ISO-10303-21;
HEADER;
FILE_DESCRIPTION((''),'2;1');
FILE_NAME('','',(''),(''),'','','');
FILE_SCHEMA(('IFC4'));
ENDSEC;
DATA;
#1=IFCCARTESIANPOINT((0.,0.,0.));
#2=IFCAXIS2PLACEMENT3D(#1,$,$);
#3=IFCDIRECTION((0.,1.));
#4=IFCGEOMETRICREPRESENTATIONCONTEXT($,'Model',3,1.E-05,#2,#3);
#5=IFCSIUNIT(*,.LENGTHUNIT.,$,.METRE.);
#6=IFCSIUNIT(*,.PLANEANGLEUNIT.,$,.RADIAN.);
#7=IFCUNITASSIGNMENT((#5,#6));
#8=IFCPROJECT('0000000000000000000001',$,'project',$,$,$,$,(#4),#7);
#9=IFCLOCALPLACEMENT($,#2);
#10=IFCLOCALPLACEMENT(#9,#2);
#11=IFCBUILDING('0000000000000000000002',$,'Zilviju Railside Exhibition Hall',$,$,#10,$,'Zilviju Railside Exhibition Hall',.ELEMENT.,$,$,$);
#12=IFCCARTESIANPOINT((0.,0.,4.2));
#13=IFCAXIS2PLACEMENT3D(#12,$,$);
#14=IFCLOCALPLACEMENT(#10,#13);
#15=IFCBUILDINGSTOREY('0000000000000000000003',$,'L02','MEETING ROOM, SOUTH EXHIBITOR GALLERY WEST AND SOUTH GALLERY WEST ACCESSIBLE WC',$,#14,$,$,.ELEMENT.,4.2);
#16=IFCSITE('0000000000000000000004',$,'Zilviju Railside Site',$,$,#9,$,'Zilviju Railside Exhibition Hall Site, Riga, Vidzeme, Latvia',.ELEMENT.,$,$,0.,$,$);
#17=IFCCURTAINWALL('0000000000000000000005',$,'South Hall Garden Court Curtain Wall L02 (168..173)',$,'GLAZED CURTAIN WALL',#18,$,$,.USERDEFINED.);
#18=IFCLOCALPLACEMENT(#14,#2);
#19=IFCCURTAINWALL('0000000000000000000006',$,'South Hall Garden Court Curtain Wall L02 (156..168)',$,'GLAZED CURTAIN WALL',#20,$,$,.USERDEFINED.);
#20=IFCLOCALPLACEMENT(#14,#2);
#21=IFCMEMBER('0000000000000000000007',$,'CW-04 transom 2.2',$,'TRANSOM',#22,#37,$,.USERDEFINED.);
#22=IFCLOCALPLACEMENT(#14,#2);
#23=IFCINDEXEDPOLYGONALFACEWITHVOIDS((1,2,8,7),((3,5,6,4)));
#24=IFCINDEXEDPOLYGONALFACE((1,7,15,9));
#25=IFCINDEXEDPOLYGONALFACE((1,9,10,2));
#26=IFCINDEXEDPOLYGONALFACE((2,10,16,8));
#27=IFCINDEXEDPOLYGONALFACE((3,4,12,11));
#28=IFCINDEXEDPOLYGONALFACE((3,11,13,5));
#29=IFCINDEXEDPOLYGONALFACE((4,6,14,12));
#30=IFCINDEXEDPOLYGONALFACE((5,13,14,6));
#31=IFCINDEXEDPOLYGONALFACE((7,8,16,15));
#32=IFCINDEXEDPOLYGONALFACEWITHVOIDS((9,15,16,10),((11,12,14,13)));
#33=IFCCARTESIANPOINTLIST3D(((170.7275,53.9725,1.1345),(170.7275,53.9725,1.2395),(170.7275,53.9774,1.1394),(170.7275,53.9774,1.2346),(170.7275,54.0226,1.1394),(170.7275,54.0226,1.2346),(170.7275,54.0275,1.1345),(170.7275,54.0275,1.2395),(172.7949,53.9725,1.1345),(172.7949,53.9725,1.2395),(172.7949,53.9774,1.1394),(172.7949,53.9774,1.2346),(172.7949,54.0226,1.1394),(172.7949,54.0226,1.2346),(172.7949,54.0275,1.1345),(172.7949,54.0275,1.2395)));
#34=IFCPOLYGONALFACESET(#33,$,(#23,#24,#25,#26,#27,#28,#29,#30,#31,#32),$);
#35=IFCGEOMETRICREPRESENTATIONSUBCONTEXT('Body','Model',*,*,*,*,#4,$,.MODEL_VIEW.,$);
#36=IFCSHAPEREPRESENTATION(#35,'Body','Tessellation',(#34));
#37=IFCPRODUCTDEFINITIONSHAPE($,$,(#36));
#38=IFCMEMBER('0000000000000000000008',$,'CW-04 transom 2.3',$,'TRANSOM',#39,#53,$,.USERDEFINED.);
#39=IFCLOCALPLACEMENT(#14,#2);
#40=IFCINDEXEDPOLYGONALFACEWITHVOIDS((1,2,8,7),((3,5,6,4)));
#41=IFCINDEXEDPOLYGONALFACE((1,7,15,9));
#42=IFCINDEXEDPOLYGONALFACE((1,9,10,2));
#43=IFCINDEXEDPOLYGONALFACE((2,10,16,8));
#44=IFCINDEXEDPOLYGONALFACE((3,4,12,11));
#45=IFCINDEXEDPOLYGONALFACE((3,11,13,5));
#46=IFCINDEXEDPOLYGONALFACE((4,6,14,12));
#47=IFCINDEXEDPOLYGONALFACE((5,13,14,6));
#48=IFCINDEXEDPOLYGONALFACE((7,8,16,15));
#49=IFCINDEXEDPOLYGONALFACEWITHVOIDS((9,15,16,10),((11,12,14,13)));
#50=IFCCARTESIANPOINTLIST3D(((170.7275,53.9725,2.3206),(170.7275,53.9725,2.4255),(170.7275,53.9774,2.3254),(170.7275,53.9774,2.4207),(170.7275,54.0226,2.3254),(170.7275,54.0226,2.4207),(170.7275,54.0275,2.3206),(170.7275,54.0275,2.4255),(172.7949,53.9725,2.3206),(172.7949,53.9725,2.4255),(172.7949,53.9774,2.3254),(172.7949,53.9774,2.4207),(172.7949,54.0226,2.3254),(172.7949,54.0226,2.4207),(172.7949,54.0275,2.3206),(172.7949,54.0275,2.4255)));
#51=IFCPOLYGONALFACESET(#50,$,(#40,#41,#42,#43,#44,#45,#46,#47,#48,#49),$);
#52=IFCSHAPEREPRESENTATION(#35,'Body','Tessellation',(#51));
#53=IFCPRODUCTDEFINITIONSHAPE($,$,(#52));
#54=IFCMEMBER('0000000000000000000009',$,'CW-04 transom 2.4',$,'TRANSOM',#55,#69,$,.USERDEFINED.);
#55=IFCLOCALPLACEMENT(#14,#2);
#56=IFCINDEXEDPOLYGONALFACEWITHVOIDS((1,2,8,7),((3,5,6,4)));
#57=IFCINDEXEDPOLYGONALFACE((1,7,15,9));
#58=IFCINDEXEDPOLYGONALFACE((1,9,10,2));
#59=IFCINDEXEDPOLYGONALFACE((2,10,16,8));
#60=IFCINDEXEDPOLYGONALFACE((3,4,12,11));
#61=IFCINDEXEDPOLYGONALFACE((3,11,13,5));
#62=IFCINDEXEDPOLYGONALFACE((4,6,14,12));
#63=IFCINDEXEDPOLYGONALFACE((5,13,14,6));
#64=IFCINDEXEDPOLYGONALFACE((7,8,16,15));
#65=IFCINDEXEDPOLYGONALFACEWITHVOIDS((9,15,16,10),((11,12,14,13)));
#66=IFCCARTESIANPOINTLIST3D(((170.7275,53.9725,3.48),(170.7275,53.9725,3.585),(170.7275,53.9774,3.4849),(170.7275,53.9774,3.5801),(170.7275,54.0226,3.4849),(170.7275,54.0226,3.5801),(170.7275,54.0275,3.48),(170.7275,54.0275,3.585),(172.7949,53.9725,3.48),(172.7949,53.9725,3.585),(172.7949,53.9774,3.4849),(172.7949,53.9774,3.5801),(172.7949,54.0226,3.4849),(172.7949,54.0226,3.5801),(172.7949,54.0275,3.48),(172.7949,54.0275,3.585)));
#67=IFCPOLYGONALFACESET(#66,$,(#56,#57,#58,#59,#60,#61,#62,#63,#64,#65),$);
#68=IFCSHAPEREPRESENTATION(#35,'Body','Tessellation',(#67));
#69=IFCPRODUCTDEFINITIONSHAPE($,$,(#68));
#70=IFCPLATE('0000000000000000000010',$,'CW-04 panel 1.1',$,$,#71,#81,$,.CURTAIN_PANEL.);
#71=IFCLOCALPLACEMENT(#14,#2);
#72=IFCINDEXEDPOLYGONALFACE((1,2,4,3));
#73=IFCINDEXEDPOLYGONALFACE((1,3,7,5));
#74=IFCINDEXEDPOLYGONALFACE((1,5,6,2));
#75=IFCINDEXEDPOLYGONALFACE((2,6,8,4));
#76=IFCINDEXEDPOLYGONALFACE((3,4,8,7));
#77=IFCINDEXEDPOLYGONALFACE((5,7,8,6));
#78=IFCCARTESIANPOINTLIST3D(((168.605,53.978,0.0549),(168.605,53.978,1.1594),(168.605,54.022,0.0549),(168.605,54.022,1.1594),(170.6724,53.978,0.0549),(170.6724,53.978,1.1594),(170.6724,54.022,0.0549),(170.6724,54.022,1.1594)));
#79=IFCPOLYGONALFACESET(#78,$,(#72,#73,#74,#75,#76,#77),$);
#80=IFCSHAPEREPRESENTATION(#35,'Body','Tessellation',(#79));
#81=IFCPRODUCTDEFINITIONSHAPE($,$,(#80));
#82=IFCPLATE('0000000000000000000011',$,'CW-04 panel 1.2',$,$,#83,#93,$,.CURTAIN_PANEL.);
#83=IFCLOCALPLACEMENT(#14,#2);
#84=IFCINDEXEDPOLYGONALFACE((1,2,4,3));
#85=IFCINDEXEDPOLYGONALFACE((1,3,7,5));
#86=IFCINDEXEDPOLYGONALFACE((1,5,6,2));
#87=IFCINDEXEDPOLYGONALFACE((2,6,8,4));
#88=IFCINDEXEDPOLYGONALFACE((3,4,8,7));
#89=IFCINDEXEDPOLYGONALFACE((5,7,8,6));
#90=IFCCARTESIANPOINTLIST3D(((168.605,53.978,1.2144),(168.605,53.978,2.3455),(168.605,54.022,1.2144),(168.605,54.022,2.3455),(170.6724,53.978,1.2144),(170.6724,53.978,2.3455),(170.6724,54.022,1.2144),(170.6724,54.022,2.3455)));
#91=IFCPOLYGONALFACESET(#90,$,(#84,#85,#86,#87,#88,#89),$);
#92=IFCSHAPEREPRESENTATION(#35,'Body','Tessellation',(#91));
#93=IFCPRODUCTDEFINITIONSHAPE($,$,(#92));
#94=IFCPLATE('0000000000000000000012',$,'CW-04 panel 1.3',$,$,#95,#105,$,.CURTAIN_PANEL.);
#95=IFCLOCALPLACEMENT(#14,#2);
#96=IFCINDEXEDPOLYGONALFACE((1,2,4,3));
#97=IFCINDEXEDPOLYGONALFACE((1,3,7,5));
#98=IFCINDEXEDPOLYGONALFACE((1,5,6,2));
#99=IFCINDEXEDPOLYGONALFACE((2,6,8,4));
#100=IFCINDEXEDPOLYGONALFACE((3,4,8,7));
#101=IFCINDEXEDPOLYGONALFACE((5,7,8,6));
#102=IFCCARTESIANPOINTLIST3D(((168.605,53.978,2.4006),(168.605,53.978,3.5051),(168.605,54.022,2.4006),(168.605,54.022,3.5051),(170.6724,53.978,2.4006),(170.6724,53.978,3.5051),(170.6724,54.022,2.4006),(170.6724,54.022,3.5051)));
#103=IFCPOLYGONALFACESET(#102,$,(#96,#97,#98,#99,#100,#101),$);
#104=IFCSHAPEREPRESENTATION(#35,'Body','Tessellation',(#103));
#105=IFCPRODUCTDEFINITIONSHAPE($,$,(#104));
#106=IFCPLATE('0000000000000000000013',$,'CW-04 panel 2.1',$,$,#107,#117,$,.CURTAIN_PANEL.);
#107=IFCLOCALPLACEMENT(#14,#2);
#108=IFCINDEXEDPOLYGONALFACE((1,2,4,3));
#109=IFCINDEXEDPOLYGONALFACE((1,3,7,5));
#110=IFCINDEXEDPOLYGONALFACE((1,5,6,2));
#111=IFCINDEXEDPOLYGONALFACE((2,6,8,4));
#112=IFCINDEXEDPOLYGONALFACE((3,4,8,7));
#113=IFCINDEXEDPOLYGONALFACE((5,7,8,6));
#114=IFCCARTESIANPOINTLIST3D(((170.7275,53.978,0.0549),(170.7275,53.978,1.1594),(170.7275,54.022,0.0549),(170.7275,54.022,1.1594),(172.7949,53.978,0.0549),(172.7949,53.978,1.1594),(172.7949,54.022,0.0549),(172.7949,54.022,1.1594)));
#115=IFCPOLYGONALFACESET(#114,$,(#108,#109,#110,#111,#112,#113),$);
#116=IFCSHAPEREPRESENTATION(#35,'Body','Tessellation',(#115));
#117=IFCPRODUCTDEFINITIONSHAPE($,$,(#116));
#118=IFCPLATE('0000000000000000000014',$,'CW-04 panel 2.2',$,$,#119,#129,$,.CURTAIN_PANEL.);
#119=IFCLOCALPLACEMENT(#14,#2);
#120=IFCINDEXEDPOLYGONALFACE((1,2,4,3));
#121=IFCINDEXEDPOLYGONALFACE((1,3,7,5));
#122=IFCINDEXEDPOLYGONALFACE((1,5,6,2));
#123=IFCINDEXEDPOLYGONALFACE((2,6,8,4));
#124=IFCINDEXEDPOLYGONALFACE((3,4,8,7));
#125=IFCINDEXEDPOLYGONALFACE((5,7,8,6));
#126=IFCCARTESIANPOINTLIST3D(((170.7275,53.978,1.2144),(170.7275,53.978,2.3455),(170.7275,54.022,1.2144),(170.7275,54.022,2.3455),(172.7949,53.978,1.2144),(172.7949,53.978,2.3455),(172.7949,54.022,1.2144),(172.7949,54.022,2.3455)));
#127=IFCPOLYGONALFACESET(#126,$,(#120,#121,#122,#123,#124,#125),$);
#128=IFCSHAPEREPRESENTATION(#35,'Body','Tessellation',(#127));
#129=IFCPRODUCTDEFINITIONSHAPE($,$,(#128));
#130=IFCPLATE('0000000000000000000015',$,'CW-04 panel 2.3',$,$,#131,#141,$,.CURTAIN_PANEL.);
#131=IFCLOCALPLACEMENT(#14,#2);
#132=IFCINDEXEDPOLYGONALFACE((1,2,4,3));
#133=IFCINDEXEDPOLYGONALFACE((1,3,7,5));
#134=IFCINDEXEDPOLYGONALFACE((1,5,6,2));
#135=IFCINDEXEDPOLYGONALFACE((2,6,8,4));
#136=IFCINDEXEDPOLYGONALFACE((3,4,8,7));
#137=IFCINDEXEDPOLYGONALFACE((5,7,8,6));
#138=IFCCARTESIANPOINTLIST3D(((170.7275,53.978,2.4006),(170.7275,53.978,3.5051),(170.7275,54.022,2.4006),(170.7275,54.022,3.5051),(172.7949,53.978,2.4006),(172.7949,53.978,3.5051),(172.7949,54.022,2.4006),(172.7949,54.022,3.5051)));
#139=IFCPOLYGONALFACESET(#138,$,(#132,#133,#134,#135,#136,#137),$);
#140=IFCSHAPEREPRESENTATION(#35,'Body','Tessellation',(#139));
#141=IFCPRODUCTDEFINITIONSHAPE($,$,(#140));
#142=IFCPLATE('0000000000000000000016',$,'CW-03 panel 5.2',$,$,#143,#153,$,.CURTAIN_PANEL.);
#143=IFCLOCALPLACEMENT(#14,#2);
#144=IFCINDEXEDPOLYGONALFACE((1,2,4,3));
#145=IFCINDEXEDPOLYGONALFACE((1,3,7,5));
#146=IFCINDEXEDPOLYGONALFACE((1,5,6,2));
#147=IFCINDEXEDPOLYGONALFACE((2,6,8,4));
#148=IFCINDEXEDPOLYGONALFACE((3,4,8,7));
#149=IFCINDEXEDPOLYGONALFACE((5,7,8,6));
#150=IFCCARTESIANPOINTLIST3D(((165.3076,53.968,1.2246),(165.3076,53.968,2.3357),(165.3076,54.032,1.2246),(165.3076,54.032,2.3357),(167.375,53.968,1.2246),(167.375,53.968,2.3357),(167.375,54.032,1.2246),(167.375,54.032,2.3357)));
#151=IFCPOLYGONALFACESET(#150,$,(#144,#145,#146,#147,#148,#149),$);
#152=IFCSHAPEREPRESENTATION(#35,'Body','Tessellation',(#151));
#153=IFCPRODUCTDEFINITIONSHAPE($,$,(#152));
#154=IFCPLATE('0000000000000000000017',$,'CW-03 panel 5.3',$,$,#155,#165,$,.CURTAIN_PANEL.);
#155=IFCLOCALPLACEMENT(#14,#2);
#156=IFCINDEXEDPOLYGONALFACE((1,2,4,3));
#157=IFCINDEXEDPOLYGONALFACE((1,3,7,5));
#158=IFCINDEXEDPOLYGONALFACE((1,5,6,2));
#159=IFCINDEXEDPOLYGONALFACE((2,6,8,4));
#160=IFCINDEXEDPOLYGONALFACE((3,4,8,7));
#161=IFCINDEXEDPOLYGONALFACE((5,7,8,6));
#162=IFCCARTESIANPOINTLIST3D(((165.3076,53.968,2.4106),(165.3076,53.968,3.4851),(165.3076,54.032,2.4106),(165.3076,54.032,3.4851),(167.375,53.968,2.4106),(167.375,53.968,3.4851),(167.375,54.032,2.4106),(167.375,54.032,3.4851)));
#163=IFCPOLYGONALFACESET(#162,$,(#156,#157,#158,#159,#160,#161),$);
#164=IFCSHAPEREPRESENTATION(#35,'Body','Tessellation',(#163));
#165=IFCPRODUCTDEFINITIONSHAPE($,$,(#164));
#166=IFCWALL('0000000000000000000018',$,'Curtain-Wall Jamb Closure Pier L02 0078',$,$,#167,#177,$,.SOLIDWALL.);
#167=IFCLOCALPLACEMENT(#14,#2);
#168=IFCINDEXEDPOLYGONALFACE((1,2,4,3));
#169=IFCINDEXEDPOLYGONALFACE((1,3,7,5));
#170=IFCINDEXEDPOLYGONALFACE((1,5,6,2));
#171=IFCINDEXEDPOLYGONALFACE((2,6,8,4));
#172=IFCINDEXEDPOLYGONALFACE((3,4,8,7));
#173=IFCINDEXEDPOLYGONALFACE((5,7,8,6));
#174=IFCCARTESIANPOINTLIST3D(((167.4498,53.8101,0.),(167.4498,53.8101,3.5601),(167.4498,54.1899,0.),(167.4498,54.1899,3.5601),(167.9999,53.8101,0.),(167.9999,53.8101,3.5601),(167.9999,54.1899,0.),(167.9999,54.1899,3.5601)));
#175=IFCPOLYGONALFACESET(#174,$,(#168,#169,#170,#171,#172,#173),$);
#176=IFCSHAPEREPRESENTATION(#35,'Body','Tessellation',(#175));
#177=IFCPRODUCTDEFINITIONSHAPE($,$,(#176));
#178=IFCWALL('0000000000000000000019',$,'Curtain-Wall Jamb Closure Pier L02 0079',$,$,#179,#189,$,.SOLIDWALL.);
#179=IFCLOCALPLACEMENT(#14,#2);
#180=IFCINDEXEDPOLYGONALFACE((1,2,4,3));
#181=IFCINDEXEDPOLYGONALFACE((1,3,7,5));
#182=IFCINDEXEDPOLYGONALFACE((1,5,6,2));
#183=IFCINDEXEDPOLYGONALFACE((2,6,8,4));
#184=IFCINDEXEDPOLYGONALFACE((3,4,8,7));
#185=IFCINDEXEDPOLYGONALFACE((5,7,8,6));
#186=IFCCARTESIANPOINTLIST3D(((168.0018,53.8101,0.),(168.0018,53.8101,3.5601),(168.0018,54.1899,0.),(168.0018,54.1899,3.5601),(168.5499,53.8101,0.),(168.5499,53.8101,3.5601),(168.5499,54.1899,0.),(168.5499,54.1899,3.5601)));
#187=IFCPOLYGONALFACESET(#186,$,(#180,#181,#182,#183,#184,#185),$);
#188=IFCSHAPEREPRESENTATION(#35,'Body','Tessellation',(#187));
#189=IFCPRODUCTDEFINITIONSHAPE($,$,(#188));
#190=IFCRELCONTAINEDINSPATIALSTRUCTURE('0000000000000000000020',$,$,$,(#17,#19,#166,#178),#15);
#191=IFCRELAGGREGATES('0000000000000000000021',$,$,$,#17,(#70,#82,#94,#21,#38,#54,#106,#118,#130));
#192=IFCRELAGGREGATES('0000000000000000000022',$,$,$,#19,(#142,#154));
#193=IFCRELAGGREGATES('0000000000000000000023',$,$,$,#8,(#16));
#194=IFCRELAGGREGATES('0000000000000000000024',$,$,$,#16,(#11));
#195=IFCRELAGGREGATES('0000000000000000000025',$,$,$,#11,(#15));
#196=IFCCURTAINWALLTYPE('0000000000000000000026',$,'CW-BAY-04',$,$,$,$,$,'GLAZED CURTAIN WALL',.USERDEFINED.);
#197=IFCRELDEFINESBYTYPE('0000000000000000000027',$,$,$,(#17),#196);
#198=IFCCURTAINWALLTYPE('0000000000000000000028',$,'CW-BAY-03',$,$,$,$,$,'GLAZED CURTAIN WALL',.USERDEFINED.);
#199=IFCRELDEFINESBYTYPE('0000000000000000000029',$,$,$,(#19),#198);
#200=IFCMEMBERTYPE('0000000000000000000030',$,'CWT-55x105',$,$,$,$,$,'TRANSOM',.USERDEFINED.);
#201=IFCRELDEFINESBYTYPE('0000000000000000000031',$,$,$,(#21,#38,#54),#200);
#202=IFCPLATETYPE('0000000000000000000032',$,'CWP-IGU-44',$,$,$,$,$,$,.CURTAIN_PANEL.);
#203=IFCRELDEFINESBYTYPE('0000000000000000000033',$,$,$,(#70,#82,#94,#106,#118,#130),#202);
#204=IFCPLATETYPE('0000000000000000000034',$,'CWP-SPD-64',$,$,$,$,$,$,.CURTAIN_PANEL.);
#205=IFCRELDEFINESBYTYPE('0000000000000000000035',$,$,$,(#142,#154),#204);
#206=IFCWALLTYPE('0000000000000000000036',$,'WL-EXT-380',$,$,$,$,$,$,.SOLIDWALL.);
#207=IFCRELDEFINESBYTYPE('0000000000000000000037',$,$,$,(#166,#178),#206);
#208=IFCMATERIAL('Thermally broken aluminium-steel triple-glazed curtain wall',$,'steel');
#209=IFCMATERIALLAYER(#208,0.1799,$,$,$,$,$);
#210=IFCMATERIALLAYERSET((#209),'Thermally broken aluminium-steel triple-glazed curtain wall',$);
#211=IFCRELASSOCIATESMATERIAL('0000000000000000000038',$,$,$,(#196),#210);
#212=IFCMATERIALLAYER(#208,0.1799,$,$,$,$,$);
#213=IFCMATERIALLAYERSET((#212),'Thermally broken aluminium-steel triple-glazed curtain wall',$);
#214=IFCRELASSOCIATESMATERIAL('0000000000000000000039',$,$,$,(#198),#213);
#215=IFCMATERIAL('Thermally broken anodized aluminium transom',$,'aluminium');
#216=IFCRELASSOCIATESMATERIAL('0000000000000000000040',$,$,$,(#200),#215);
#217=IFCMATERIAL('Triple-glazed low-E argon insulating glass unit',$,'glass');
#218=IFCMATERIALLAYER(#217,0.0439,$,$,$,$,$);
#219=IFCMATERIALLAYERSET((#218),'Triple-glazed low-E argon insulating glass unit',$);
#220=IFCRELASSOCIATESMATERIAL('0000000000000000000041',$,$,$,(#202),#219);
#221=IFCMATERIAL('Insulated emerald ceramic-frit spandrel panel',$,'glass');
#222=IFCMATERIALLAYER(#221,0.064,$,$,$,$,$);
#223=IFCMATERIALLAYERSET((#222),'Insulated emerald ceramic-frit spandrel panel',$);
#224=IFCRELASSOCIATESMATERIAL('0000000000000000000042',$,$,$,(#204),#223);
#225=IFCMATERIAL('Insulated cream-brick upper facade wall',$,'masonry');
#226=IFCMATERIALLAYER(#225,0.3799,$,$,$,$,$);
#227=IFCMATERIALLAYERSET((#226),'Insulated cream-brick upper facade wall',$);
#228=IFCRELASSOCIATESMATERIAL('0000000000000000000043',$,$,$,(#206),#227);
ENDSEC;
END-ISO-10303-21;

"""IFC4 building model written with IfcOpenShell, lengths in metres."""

from ifc_helpers import new_model, si_unit, direction, frame, frame_2d, origin, origin_2d, place, context, subcontext, project, spatial, rectangle, hollow_rectangle, extrude, material, layer, layer_set, material_profile, profile_set, type_object, element, aggregate, save


model = new_model("IFC4")

# Units and contexts
model_context = context("Model", 3, precision=1e-05, world=origin(), true_north=direction((0.0, 1.0)))
body_context = subcontext(model_context, "Body", "Model", "MODEL_VIEW")
ifc_project = project(units=[si_unit("LENGTHUNIT", "METRE"), si_unit("PLANEANGLEUNIT", "RADIAN")], contexts=[model_context])

# Site, building, storey
site_placement = place(None, origin())
site = spatial("IfcSite", under=ifc_project, at=site_placement, Name="Zilviju Railside Site", LongName="Zilviju Railside Exhibition Hall Site, Riga, Vidzeme, Latvia", CompositionType="ELEMENT", RefElevation=0.0)
building_placement = place(site_placement, origin())
building = spatial("IfcBuilding", under=site, at=building_placement, Name="Zilviju Railside Exhibition Hall", LongName="Zilviju Railside Exhibition Hall", CompositionType="ELEMENT")
storey_placement = place(building_placement, frame((0.0, 0.0, 4.2)))
storey = spatial("IfcBuildingStorey", under=building, at=storey_placement, Name="L02", Description="MEETING ROOM, SOUTH EXHIBITOR GALLERY WEST AND SOUTH GALLERY WEST ACCESSIBLE WC", CompositionType="ELEMENT", Elevation=4.2)

# Curtain wall
ifc_material_1 = material(Name="Thermally broken aluminium-steel triple-glazed curtain wall", Category="steel")
ifc_layer_1 = layer(ifc_material_1, 0.1799)
ifc_layer_set_1 = layer_set([ifc_layer_1], Name="Thermally broken aluminium-steel triple-glazed curtain wall")
curtain_wall_type_1 = type_object("IfcCurtainWallType", Name="CW-BAY-04", ElementType="GLAZED CURTAIN WALL", PredefinedType="USERDEFINED", material=ifc_layer_set_1)
curtain_wall_1_placement = place(storey_placement, origin())
curtain_wall_1 = element("IfcCurtainWall", 1, at=curtain_wall_1_placement, inside=storey, type_object=curtain_wall_type_1, Name="South Hall Garden Court Curtain Wall L02 (168..173)", ObjectType="GLAZED CURTAIN WALL", PredefinedType="USERDEFINED")

# Curtain wall
ifc_layer_2 = layer(ifc_material_1, 0.1799)
ifc_layer_set_2 = layer_set([ifc_layer_2], Name="Thermally broken aluminium-steel triple-glazed curtain wall")
curtain_wall_type_2 = type_object("IfcCurtainWallType", Name="CW-BAY-03", ElementType="GLAZED CURTAIN WALL", PredefinedType="USERDEFINED", material=ifc_layer_set_2)
curtain_wall_2_placement = place(storey_placement, origin())
curtain_wall_2 = element("IfcCurtainWall", 2, at=curtain_wall_2_placement, inside=storey, type_object=curtain_wall_type_2, Name="South Hall Garden Court Curtain Wall L02 (156..168)", ObjectType="GLAZED CURTAIN WALL", PredefinedType="USERDEFINED")

# Members
ifc_material_2 = material(Name="Thermally broken anodized aluminium transom", Category="aluminium")
ifc_material_profile_1 = material_profile(ifc_material_2, hollow_rectangle(XDim=0.0549, YDim=0.105, WallThickness=0.0049, at=origin_2d()), Name="TRANSOM 105x55x5")
ifc_profile_set_1 = profile_set([ifc_material_profile_1], Name="Thermally broken anodized aluminium transom")
member_type_1 = type_object("IfcMemberType", Name="CWT-55x105", ElementType="TRANSOM", PredefinedType="USERDEFINED", material=ifc_profile_set_1)
member_1_placement = place(storey_placement, frame((170.7275, 54.0, 1.187), z_axis=(1.0, 0.0, 0.0), x_axis=(0.0, 1.0, 0.0)))
member_1 = element("IfcMember", 3, at=member_1_placement, type_object=member_type_1, Name="CW-04 transom 2.2", ObjectType="TRANSOM", PredefinedType="USERDEFINED", context=body_context, shape_type="SweptSolid", body=[
    extrude(hollow_rectangle(XDim=0.0549, YDim=0.105, WallThickness=0.0049, at=origin_2d()), origin(), (0.0, 0.0, 1.0), 2.0674),
])
member_2_placement = place(storey_placement, frame((170.7275, 54.0, 2.373), z_axis=(1.0, 0.0, 0.0), x_axis=(0.0, 1.0, 0.0)))
member_2 = element("IfcMember", 4, at=member_2_placement, type_object=member_type_1, Name="CW-04 transom 2.3", ObjectType="TRANSOM", PredefinedType="USERDEFINED", context=body_context, shape_type="SweptSolid", body=[
    extrude(hollow_rectangle(XDim=0.0549, YDim=0.105, WallThickness=0.0049, at=origin_2d()), origin(), (0.0, 0.0, 1.0), 2.0674),
])
member_3_placement = place(storey_placement, frame((170.7275, 54.0, 3.5325), z_axis=(1.0, 0.0, 0.0), x_axis=(0.0, 1.0, 0.0)))
member_3 = element("IfcMember", 5, at=member_3_placement, type_object=member_type_1, Name="CW-04 transom 2.4", ObjectType="TRANSOM", PredefinedType="USERDEFINED", context=body_context, shape_type="SweptSolid", body=[
    extrude(hollow_rectangle(XDim=0.0549, YDim=0.105, WallThickness=0.0049, at=origin_2d()), origin(), (0.0, 0.0, 1.0), 2.0674),
])

# Plates
ifc_material_3 = material(Name="Triple-glazed low-E argon insulating glass unit", Category="glass")
ifc_layer_3 = layer(ifc_material_3, 0.0439)
ifc_layer_set_3 = layer_set([ifc_layer_3], Name="Triple-glazed low-E argon insulating glass unit")
plate_type_1 = type_object("IfcPlateType", Name="CWP-IGU-44", PredefinedType="CURTAIN_PANEL", material=ifc_layer_set_3)
plate_1_placement = place(storey_placement, frame((169.6387, 54.0, 0.0549), z_axis=(0.0, 0.0, 1.0), x_axis=(1.0, 0.0, 0.0)))
plate_1 = element("IfcPlate", 6, at=plate_1_placement, type_object=plate_type_1, Name="CW-04 panel 1.1", PredefinedType="CURTAIN_PANEL", context=body_context, shape_type="SweptSolid", body=[
    extrude(rectangle(XDim=2.0674, YDim=0.0439, at=origin_2d()), origin(), (0.0, 0.0, 1.0), 1.1045),
])
plate_2_placement = place(storey_placement, frame((169.6387, 54.0, 1.2144), z_axis=(0.0, 0.0, 1.0), x_axis=(1.0, 0.0, 0.0)))
plate_2 = element("IfcPlate", 7, at=plate_2_placement, type_object=plate_type_1, Name="CW-04 panel 1.2", PredefinedType="CURTAIN_PANEL", context=body_context, shape_type="SweptSolid", body=[
    extrude(rectangle(XDim=2.0674, YDim=0.0439, at=origin_2d()), origin(), (0.0, 0.0, 1.0), 1.1311),
])
plate_3_placement = place(storey_placement, frame((169.6387, 54.0, 2.4006), z_axis=(0.0, 0.0, 1.0), x_axis=(1.0, 0.0, 0.0)))
plate_3 = element("IfcPlate", 8, at=plate_3_placement, type_object=plate_type_1, Name="CW-04 panel 1.3", PredefinedType="CURTAIN_PANEL", context=body_context, shape_type="SweptSolid", body=[
    extrude(rectangle(XDim=2.0674, YDim=0.0439, at=origin_2d()), origin(), (0.0, 0.0, 1.0), 1.1045),
])
plate_4_placement = place(storey_placement, frame((171.7612, 54.0, 0.0549), z_axis=(0.0, 0.0, 1.0), x_axis=(1.0, 0.0, 0.0)))
plate_4 = element("IfcPlate", 9, at=plate_4_placement, type_object=plate_type_1, Name="CW-04 panel 2.1", PredefinedType="CURTAIN_PANEL", context=body_context, shape_type="SweptSolid", body=[
    extrude(rectangle(XDim=2.0674, YDim=0.0439, at=origin_2d()), origin(), (0.0, 0.0, 1.0), 1.1045),
])
plate_5_placement = place(storey_placement, frame((171.7612, 54.0, 1.2144), z_axis=(0.0, 0.0, 1.0), x_axis=(1.0, 0.0, 0.0)))
plate_5 = element("IfcPlate", 10, at=plate_5_placement, type_object=plate_type_1, Name="CW-04 panel 2.2", PredefinedType="CURTAIN_PANEL", context=body_context, shape_type="SweptSolid", body=[
    extrude(rectangle(XDim=2.0674, YDim=0.0439, at=origin_2d()), origin(), (0.0, 0.0, 1.0), 1.1311),
])
plate_6_placement = place(storey_placement, frame((171.7612, 54.0, 2.4006), z_axis=(0.0, 0.0, 1.0), x_axis=(1.0, 0.0, 0.0)))
plate_6 = element("IfcPlate", 11, at=plate_6_placement, type_object=plate_type_1, Name="CW-04 panel 2.3", PredefinedType="CURTAIN_PANEL", context=body_context, shape_type="SweptSolid", body=[
    extrude(rectangle(XDim=2.0674, YDim=0.0439, at=origin_2d()), origin(), (0.0, 0.0, 1.0), 1.1045),
])
aggregate(curtain_wall_1, [plate_1, plate_2, plate_3, member_1, member_2, member_3, plate_4, plate_5, plate_6])
ifc_material_4 = material(Name="Insulated emerald ceramic-frit spandrel panel", Category="glass")
ifc_layer_4 = layer(ifc_material_4, 0.064)
ifc_layer_set_4 = layer_set([ifc_layer_4], Name="Insulated emerald ceramic-frit spandrel panel")
plate_type_2 = type_object("IfcPlateType", Name="CWP-SPD-64", PredefinedType="CURTAIN_PANEL", material=ifc_layer_set_4)
plate_7_placement = place(storey_placement, frame((166.3413, 54.0, 1.2246), z_axis=(0.0, 0.0, 1.0), x_axis=(1.0, 0.0, 0.0)))
plate_7 = element("IfcPlate", 12, at=plate_7_placement, type_object=plate_type_2, Name="CW-03 panel 5.2", PredefinedType="CURTAIN_PANEL", context=body_context, shape_type="SweptSolid", body=[
    extrude(rectangle(XDim=2.0674, YDim=0.064, at=origin_2d()), origin(), (0.0, 0.0, 1.0), 1.1111),
])
plate_8_placement = place(storey_placement, frame((166.3413, 54.0, 2.4106), z_axis=(0.0, 0.0, 1.0), x_axis=(1.0, 0.0, 0.0)))
plate_8 = element("IfcPlate", 13, at=plate_8_placement, type_object=plate_type_2, Name="CW-03 panel 5.3", PredefinedType="CURTAIN_PANEL", context=body_context, shape_type="SweptSolid", body=[
    extrude(rectangle(XDim=2.0674, YDim=0.064, at=origin_2d()), origin(), (0.0, 0.0, 1.0), 1.0745),
])
aggregate(curtain_wall_2, [plate_7, plate_8])

# Walls
ifc_material_5 = material(Name="Insulated cream-brick upper facade wall", Category="masonry")
ifc_layer_5 = layer(ifc_material_5, 0.3799)
ifc_layer_set_5 = layer_set([ifc_layer_5], Name="Insulated cream-brick upper facade wall")
wall_type = type_object("IfcWallType", Name="WL-EXT-380", PredefinedType="SOLIDWALL", material=ifc_layer_set_5)
wall_1_placement = place(storey_placement, frame((167.45, 54.0, 0.0), z_axis=(0.0, 0.0, 1.0), x_axis=(1.0, 0.0, 0.0)))
element("IfcWall", 14, at=wall_1_placement, inside=storey, type_object=wall_type, Name="Curtain-Wall Jamb Closure Pier L02 0078", PredefinedType="SOLIDWALL", context=body_context, shape_type="SweptSolid", body=[
    extrude(rectangle(XDim=0.55, YDim=0.3799, at=frame_2d((0.2749, 0.0))), origin(), (0.0, 0.0, 1.0), 3.5601),
])
wall_2_placement = place(storey_placement, frame((168.002, 54.0, 0.0), z_axis=(0.0, 0.0, 1.0), x_axis=(1.0, 0.0, 0.0)))
element("IfcWall", 15, at=wall_2_placement, inside=storey, type_object=wall_type, Name="Curtain-Wall Jamb Closure Pier L02 0079", PredefinedType="SOLIDWALL", context=body_context, shape_type="SweptSolid", body=[
    extrude(rectangle(XDim=0.5481, YDim=0.3799, at=frame_2d((0.2739, 0.0))), origin(), (0.0, 0.0, 1.0), 3.5601),
])

save(model, "model.ifc")
